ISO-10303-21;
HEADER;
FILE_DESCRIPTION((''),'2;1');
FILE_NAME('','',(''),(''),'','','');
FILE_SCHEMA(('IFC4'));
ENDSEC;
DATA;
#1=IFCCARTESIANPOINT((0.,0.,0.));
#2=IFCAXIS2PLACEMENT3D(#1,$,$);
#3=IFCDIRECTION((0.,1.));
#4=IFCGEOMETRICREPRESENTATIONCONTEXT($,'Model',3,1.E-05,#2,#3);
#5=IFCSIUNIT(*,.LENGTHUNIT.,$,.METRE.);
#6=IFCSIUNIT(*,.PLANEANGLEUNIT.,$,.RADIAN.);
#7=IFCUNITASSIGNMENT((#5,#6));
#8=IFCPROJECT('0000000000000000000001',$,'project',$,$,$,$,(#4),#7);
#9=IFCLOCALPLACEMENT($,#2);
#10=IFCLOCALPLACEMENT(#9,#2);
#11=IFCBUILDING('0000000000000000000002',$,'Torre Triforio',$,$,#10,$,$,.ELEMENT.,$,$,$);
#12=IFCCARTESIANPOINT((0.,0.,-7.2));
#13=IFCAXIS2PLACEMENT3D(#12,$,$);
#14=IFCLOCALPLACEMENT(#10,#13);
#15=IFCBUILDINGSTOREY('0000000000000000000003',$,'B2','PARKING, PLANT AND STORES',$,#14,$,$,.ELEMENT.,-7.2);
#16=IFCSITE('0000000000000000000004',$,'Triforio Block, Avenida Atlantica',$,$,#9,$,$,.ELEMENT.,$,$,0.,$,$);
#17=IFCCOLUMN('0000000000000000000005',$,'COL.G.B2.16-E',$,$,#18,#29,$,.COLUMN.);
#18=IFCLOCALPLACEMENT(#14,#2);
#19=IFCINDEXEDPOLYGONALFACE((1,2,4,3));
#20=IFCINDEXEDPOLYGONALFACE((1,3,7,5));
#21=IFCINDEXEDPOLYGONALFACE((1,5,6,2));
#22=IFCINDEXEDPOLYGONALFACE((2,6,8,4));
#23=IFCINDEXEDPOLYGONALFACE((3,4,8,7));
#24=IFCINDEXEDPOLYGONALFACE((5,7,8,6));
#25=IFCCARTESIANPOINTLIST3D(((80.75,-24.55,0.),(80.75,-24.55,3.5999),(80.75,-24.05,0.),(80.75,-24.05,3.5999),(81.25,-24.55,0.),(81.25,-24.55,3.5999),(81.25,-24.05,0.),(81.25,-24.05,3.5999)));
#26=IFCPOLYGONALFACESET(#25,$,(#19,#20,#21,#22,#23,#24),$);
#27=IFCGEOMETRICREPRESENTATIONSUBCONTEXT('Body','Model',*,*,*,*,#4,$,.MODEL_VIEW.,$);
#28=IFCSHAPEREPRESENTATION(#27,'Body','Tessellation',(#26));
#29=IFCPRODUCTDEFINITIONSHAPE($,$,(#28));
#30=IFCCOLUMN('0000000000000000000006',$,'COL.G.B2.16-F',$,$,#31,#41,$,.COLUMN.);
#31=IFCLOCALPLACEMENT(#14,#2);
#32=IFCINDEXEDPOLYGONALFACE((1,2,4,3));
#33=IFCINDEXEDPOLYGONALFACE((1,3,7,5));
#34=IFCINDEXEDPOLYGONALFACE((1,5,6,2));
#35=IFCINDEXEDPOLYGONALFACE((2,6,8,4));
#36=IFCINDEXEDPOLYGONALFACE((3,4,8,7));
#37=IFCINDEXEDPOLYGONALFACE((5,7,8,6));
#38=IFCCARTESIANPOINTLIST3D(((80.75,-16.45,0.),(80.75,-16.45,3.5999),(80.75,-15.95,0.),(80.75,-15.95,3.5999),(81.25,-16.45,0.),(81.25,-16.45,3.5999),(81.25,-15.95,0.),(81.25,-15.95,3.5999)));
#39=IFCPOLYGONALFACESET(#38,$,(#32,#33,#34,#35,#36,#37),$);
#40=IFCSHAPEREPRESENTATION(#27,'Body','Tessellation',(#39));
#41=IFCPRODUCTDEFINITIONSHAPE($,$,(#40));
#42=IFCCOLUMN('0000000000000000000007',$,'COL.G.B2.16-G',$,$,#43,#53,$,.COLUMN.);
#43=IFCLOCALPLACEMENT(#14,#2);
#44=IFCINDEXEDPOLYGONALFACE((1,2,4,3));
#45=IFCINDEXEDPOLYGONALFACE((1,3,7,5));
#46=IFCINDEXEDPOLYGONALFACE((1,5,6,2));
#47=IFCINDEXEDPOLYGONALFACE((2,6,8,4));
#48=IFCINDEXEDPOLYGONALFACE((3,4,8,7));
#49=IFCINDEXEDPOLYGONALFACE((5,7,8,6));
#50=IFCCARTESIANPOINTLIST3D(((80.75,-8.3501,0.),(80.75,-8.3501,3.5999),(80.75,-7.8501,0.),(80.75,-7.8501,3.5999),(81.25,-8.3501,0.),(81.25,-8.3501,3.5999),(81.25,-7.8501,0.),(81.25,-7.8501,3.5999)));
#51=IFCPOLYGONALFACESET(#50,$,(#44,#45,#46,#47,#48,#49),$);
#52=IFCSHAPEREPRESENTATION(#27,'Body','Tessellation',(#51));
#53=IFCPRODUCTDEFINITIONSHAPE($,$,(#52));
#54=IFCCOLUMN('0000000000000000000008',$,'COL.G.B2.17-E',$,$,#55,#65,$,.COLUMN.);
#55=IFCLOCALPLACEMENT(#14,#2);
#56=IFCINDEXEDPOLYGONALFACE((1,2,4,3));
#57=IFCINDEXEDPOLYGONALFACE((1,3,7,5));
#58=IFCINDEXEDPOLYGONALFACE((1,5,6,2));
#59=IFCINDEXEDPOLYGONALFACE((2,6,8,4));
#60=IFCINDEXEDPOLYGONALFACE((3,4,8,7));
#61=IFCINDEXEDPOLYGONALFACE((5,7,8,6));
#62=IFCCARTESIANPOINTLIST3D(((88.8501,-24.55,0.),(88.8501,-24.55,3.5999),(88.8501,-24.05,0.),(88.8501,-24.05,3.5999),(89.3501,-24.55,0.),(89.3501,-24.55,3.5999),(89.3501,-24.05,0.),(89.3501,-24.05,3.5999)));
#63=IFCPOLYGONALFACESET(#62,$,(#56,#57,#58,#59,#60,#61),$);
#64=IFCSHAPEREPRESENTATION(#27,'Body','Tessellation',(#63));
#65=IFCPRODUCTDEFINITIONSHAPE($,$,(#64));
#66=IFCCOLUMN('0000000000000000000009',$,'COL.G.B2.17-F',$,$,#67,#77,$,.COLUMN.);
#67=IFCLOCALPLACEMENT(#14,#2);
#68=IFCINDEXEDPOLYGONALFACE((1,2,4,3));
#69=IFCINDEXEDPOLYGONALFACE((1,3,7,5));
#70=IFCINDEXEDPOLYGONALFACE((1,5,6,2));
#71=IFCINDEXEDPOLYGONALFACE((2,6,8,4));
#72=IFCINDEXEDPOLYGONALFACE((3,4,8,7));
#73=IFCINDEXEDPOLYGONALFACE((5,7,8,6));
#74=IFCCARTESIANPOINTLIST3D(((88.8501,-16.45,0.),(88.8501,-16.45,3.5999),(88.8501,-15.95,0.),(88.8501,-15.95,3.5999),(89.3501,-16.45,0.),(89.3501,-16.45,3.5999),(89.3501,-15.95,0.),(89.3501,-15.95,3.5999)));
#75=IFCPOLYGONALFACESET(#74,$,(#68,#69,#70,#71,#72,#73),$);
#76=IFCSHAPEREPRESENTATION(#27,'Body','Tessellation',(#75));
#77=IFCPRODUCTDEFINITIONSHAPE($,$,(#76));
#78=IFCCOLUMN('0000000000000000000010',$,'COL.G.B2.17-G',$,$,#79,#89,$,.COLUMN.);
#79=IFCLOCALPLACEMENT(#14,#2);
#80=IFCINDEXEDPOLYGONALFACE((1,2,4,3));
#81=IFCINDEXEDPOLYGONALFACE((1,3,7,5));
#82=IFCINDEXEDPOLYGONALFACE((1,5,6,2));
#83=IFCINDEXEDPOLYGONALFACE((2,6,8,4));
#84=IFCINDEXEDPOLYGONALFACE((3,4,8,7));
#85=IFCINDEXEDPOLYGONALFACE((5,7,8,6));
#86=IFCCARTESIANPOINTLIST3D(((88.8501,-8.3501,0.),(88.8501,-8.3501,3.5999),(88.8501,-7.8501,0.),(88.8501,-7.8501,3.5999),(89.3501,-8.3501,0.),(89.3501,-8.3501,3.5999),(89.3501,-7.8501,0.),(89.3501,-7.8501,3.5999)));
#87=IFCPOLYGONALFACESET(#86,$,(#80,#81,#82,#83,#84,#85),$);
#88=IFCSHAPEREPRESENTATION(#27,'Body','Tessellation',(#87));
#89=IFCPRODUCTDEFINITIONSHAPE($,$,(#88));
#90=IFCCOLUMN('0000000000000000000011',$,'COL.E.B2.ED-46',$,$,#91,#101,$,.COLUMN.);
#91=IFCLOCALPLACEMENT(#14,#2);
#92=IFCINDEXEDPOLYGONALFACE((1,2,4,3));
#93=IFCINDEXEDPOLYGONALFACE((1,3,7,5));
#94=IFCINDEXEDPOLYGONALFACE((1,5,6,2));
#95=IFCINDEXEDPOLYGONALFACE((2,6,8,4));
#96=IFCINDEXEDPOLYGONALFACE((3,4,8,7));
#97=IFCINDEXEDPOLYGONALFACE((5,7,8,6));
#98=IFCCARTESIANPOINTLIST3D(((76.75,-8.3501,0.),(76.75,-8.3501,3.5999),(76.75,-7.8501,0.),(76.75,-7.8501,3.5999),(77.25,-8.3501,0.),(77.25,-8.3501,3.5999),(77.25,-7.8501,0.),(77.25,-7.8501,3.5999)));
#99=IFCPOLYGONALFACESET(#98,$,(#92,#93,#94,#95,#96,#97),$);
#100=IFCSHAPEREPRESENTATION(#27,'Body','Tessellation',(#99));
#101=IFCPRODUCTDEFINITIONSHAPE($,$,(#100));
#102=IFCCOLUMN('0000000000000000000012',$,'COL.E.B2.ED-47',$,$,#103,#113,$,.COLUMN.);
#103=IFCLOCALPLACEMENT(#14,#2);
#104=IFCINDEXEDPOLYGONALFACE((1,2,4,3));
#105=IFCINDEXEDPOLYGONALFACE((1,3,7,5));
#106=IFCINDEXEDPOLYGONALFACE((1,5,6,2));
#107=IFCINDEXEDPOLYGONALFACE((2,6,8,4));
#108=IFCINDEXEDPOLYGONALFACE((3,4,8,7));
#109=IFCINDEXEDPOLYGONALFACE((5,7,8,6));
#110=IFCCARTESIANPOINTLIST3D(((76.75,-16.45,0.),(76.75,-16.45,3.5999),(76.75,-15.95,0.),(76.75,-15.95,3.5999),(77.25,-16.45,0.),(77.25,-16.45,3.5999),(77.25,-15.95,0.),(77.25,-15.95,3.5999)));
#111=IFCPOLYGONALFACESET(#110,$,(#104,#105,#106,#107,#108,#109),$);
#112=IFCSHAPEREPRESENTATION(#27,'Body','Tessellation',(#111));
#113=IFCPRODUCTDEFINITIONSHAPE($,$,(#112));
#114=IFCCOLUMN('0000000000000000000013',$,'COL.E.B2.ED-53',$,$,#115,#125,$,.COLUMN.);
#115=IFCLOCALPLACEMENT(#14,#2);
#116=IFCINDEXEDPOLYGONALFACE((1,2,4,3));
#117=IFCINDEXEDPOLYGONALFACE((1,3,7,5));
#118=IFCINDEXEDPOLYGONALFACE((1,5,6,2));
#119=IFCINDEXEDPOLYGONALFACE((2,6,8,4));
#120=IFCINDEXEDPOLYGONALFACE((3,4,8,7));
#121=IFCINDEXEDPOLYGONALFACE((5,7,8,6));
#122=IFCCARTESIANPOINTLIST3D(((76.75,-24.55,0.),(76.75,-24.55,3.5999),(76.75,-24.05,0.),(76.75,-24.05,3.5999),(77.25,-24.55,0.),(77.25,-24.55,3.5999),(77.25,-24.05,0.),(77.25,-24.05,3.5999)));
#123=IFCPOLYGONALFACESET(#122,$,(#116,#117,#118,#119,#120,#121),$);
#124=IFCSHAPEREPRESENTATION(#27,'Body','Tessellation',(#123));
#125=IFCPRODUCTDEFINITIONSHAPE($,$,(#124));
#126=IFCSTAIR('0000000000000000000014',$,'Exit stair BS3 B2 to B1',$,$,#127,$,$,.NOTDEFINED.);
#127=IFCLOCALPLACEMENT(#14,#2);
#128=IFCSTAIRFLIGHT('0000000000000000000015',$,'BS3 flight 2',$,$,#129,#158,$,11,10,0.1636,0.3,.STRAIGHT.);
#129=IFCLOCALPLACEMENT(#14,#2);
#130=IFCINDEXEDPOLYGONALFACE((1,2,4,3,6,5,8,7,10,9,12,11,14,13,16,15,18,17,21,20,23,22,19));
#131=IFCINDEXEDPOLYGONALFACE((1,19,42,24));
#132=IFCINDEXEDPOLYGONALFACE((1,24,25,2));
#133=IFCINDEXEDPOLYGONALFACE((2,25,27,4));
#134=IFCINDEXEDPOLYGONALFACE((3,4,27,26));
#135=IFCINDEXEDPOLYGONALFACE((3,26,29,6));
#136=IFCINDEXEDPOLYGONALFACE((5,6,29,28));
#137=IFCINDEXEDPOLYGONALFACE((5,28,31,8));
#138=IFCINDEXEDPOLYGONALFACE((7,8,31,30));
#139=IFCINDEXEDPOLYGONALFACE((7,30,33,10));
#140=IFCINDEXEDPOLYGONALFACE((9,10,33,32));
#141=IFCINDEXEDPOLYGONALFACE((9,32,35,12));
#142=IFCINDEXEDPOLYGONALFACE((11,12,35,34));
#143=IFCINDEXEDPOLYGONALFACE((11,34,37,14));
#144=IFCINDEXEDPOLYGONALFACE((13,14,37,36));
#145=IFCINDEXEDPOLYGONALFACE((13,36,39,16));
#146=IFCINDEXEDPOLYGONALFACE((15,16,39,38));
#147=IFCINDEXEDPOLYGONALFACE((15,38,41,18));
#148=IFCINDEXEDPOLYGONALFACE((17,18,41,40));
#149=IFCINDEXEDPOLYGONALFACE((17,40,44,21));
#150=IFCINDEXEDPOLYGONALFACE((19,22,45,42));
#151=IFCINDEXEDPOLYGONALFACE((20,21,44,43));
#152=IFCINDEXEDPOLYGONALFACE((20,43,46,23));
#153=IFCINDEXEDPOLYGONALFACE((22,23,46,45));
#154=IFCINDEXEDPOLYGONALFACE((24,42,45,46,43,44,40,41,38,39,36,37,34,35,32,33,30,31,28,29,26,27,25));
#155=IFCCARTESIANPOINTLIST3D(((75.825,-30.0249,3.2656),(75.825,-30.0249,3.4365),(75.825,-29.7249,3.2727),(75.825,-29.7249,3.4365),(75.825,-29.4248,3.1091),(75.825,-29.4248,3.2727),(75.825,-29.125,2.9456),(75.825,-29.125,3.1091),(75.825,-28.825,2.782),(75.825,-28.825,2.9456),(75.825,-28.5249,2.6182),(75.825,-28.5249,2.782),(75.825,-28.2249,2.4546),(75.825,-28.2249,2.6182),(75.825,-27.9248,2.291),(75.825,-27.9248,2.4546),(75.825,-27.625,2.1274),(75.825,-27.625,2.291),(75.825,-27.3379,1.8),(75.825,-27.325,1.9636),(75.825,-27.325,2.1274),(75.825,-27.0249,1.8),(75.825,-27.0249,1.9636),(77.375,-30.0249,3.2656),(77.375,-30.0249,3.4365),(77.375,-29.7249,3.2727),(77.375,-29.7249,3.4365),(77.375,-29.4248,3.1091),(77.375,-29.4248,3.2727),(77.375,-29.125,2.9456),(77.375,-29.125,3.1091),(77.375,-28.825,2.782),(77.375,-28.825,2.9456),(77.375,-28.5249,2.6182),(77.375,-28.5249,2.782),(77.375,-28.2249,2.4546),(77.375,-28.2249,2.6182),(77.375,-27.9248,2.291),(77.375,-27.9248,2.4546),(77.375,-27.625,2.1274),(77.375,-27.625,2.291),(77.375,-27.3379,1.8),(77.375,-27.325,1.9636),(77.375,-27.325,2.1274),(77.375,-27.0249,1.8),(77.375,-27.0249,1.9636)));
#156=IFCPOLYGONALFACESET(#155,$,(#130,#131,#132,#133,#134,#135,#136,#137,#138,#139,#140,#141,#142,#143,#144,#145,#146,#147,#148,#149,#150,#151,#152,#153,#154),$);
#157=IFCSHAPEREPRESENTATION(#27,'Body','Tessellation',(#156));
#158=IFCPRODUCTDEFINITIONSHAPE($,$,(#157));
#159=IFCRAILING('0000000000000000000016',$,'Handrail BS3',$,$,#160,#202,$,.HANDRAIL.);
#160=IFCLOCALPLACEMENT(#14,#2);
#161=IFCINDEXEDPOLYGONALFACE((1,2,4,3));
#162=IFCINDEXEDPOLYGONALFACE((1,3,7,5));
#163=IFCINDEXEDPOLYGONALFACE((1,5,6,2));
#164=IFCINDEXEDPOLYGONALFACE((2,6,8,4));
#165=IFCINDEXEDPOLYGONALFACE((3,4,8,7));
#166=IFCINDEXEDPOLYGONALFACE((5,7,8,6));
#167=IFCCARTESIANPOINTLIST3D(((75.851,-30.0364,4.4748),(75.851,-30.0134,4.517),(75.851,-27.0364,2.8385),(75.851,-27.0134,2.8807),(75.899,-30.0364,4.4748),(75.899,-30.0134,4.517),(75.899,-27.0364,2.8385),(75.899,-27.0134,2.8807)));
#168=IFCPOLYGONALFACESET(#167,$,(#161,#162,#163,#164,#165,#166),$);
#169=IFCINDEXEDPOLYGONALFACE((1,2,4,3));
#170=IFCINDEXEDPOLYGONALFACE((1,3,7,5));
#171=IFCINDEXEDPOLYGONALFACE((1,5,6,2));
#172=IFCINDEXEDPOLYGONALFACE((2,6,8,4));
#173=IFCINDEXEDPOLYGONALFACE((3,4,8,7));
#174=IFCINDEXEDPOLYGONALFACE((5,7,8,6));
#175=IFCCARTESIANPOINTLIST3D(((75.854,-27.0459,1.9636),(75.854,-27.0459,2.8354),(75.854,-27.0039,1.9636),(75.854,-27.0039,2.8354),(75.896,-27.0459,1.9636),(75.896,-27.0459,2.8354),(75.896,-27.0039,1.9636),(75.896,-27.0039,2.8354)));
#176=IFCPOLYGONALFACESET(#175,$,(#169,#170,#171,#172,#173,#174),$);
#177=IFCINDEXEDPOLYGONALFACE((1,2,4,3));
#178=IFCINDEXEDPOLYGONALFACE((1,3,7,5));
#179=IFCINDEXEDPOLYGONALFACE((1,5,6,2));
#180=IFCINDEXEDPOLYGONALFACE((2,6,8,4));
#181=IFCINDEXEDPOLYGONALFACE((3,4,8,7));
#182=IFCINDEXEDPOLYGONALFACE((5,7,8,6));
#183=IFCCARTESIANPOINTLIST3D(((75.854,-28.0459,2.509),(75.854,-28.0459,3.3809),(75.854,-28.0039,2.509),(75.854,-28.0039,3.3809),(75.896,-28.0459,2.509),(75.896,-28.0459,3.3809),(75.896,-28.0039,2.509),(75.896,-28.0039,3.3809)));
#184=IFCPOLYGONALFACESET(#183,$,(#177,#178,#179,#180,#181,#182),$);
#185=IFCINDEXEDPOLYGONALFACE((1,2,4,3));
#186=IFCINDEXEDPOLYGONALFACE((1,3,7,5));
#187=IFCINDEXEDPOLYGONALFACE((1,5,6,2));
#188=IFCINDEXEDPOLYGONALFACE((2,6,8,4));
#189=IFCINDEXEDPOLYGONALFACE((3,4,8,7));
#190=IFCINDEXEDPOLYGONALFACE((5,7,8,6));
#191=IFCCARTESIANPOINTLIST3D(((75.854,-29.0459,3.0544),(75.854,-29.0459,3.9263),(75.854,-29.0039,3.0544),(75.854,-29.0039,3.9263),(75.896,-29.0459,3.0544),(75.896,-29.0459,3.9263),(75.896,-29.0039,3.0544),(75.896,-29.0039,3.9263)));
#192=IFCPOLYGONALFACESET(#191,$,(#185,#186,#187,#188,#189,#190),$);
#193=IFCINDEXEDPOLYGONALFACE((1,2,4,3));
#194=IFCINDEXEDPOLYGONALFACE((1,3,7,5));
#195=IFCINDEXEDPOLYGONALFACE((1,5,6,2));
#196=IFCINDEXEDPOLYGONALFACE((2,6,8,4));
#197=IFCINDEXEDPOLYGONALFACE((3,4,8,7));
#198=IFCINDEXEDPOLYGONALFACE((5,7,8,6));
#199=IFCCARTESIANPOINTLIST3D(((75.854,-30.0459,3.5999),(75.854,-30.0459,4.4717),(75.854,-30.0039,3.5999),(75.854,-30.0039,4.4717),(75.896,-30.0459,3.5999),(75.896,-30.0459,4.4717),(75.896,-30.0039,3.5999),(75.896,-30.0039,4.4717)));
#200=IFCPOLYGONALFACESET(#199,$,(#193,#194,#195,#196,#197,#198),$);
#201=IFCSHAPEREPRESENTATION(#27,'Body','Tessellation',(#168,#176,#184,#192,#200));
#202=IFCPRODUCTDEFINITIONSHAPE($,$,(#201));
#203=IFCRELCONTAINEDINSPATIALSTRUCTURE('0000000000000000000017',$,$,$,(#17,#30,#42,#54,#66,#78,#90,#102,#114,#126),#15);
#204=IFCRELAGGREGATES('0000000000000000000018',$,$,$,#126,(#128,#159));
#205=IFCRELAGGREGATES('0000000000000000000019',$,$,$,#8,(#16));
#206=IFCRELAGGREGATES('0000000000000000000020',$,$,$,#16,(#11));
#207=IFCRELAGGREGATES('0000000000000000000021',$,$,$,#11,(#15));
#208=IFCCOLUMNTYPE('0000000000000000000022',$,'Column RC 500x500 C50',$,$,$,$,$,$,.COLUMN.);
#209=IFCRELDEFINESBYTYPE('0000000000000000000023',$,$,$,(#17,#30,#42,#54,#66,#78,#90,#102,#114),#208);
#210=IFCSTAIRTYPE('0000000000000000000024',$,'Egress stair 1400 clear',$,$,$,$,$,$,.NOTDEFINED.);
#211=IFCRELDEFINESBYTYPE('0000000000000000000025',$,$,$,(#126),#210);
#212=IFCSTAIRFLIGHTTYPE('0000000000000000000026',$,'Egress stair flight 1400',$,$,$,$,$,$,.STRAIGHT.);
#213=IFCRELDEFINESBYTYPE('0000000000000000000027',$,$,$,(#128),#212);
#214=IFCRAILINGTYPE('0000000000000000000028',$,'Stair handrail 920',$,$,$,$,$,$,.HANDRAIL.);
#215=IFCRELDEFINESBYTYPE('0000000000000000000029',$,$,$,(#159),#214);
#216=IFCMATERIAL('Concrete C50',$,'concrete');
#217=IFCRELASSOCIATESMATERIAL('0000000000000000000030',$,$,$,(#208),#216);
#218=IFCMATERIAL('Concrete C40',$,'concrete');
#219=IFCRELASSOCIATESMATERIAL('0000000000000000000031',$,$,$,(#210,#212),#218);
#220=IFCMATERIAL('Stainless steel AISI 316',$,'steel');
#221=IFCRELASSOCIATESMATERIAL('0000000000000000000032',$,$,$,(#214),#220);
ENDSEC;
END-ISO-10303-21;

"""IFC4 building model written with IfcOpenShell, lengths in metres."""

from ifc_helpers import new_model, si_unit, direction, frame, origin, origin_2d, place, context, subcontext, project, spatial, polyline, rectangle, outline, extrude, material, material_profile, profile_set, type_object, element, aggregate, save


model = new_model("IFC4")

# Units and contexts
model_context = context("Model", 3, precision=1e-05, world=origin(), true_north=direction((0.0, 1.0)))
body_context = subcontext(model_context, "Body", "Model", "MODEL_VIEW")
ifc_project = project(units=[si_unit("LENGTHUNIT", "METRE"), si_unit("PLANEANGLEUNIT", "RADIAN")], contexts=[model_context])

# Site, building, storey
site_placement = place(None, origin())
site = spatial("IfcSite", under=ifc_project, at=site_placement, Name="Triforio Block, Avenida Atlantica", CompositionType="ELEMENT", RefElevation=0.0)
building_placement = place(site_placement, origin())
building = spatial("IfcBuilding", under=site, at=building_placement, Name="Torre Triforio", CompositionType="ELEMENT")
storey_placement = place(building_placement, frame((0.0, 0.0, -7.2)))
storey = spatial("IfcBuildingStorey", under=building, at=storey_placement, Name="B2", Description="PARKING, PLANT AND STORES", CompositionType="ELEMENT", Elevation=-7.2)

# Columns
ifc_material_1 = material(Name="Concrete C50", Category="concrete")
ifc_material_profile = material_profile(ifc_material_1, rectangle(XDim=0.5, YDim=0.5, at=origin_2d()), Name="RC 500x500")
ifc_profile_set = profile_set([ifc_material_profile], Name="Concrete C50")
column_type = type_object("IfcColumnType", Name="Column RC 500x500 C50", PredefinedType="COLUMN", material=ifc_profile_set)
for number, where, z_axis, x_axis, name in (
    (1, (81.0, -24.3, 0.0), (0.0, 0.0, 1.0), (1.0, 0.0, 0.0), "COL.G.B2.16-E"),
    (2, (81.0, -16.2, 0.0), (0.0, 0.0, 1.0), (1.0, 0.0, 0.0), "COL.G.B2.16-F"),
    (3, (81.0, -8.1001, 0.0), (0.0, 0.0, 1.0), (1.0, 0.0, 0.0), "COL.G.B2.16-G"),
    (4, (89.1001, -24.3, 0.0), (0.0, 0.0, 1.0), (1.0, 0.0, 0.0), "COL.G.B2.17-E"),
    (5, (89.1001, -16.2, 0.0), (0.0, 0.0, 1.0), (1.0, 0.0, 0.0), "COL.G.B2.17-F"),
    (6, (89.1001, -8.1001, 0.0), (0.0, 0.0, 1.0), (1.0, 0.0, 0.0), "COL.G.B2.17-G"),
    (7, (77.0, -8.1001, 0.0), (0.0, 0.0, 1.0), (1.0, 0.0, 0.0), "COL.E.B2.ED-46"),
    (8, (77.0, -16.2, 0.0), (0.0, 0.0, 1.0), (1.0, 0.0, 0.0), "COL.E.B2.ED-47"),
    (9, (77.0, -24.3, 0.0), (0.0, 0.0, 1.0), (1.0, 0.0, 0.0), "COL.E.B2.ED-53"),
):
    element("IfcColumn", number, at=place(storey_placement, frame(where, z_axis=z_axis, x_axis=x_axis)), inside=storey, type_object=column_type, Name=name, PredefinedType="COLUMN", context=body_context, shape_type="SweptSolid", body=[
        extrude(rectangle(XDim=0.5, YDim=0.5, at=origin_2d()), origin(), (0.0, 0.0, 1.0), 3.5999),
    ])

# Stair, stair flight, railing
ifc_material_2 = material(Name="Concrete C40", Category="concrete")
stair_type = type_object("IfcStairType", Name="Egress stair 1400 clear", PredefinedType="NOTDEFINED", material=ifc_material_2)
stair_placement = place(storey_placement, origin())
stair = element("IfcStair", 10, at=stair_placement, inside=storey, type_object=stair_type, Name="Exit stair BS3 B2 to B1", PredefinedType="NOTDEFINED")
stair_flight_type = type_object("IfcStairFlightType", Name="Egress stair flight 1400", PredefinedType="STRAIGHT", material=ifc_material_2)
stair_flight_placement = place(storey_placement, frame((76.6001, -27.0249, 1.8), z_axis=(0.0, 0.0, 1.0), x_axis=(0.0, -1.0, 0.0)))
stair_flight = element("IfcStairFlight", 11, at=stair_flight_placement, type_object=stair_flight_type, Name="BS3 flight 2", NumberOfRisers=11, NumberOfTreads=10, PredefinedType="STRAIGHT", RiserHeight=0.1636, TreadLength=0.3, context=body_context, shape_type="SweptSolid", body=[
    extrude(outline(polyline([(0.0, 0.0), (0.0, 0.1636), (0.3, 0.1636), (0.3, 0.3274), (0.6001, 0.3274), (0.6001, 0.491), (0.8999, 0.491), (0.8999, 0.6545), (1.2, 0.6545), (1.2, 0.8181), (1.5, 0.8181), (1.5, 0.9819), (1.8, 0.9819), (1.8, 1.1455), (2.1001, 1.1455), (2.1001, 1.3091), (2.3999, 1.3091), (2.3999, 1.4727), (2.7, 1.4727), (2.7, 1.6365), (3.0, 1.6365), (3.0, 1.8), (3.0, 1.4656), (0.313, 0.0), (0.0, 0.0)])), frame((0.0, 0.7749, 0.0), z_axis=(0.0, -1.0, 0.0), x_axis=(1.0, 0.0, 0.0)), (0.0, 0.0, 1.0), 1.55),
])
ifc_material_3 = material(Name="Stainless steel AISI 316", Category="steel")
railing_type = type_object("IfcRailingType", Name="Stair handrail 920", PredefinedType="HANDRAIL", material=ifc_material_3)
railing_1_placement = place(storey_placement, frame((75.875, -27.0249, 1.9636)))
railing_1 = element("IfcRailing", 12, at=railing_1_placement, type_object=railing_type, Name="Handrail BS3", PredefinedType="HANDRAIL", context=body_context, shape_type="SweptSolid", body=[
    extrude(rectangle(XDim=0.0481, YDim=0.0481, at=origin_2d()), frame((0.0, 0.0, 0.896), z_axis=(0.0, -0.877912, 0.478822), x_axis=(1.0, 0.0, 0.0)), (0.0, 0.0, 1.0), 3.4172),
    extrude(rectangle(XDim=0.042, YDim=0.042, at=origin_2d()), origin(), (0.0, 0.0, 1.0), 0.8718),
    extrude(rectangle(XDim=0.042, YDim=0.042, at=origin_2d()), frame((0.0, -1.0, 0.5454)), (0.0, 0.0, 1.0), 0.8718),
    extrude(rectangle(XDim=0.042, YDim=0.042, at=origin_2d()), frame((0.0, -2.0, 1.0908)), (0.0, 0.0, 1.0), 0.8718),
    extrude(rectangle(XDim=0.042, YDim=0.042, at=origin_2d()), frame((0.0, -3.0, 1.6362)), (0.0, 0.0, 1.0), 0.8718),
])
aggregate(stair, [stair_flight, railing_1])

save(model, "model.ifc")
